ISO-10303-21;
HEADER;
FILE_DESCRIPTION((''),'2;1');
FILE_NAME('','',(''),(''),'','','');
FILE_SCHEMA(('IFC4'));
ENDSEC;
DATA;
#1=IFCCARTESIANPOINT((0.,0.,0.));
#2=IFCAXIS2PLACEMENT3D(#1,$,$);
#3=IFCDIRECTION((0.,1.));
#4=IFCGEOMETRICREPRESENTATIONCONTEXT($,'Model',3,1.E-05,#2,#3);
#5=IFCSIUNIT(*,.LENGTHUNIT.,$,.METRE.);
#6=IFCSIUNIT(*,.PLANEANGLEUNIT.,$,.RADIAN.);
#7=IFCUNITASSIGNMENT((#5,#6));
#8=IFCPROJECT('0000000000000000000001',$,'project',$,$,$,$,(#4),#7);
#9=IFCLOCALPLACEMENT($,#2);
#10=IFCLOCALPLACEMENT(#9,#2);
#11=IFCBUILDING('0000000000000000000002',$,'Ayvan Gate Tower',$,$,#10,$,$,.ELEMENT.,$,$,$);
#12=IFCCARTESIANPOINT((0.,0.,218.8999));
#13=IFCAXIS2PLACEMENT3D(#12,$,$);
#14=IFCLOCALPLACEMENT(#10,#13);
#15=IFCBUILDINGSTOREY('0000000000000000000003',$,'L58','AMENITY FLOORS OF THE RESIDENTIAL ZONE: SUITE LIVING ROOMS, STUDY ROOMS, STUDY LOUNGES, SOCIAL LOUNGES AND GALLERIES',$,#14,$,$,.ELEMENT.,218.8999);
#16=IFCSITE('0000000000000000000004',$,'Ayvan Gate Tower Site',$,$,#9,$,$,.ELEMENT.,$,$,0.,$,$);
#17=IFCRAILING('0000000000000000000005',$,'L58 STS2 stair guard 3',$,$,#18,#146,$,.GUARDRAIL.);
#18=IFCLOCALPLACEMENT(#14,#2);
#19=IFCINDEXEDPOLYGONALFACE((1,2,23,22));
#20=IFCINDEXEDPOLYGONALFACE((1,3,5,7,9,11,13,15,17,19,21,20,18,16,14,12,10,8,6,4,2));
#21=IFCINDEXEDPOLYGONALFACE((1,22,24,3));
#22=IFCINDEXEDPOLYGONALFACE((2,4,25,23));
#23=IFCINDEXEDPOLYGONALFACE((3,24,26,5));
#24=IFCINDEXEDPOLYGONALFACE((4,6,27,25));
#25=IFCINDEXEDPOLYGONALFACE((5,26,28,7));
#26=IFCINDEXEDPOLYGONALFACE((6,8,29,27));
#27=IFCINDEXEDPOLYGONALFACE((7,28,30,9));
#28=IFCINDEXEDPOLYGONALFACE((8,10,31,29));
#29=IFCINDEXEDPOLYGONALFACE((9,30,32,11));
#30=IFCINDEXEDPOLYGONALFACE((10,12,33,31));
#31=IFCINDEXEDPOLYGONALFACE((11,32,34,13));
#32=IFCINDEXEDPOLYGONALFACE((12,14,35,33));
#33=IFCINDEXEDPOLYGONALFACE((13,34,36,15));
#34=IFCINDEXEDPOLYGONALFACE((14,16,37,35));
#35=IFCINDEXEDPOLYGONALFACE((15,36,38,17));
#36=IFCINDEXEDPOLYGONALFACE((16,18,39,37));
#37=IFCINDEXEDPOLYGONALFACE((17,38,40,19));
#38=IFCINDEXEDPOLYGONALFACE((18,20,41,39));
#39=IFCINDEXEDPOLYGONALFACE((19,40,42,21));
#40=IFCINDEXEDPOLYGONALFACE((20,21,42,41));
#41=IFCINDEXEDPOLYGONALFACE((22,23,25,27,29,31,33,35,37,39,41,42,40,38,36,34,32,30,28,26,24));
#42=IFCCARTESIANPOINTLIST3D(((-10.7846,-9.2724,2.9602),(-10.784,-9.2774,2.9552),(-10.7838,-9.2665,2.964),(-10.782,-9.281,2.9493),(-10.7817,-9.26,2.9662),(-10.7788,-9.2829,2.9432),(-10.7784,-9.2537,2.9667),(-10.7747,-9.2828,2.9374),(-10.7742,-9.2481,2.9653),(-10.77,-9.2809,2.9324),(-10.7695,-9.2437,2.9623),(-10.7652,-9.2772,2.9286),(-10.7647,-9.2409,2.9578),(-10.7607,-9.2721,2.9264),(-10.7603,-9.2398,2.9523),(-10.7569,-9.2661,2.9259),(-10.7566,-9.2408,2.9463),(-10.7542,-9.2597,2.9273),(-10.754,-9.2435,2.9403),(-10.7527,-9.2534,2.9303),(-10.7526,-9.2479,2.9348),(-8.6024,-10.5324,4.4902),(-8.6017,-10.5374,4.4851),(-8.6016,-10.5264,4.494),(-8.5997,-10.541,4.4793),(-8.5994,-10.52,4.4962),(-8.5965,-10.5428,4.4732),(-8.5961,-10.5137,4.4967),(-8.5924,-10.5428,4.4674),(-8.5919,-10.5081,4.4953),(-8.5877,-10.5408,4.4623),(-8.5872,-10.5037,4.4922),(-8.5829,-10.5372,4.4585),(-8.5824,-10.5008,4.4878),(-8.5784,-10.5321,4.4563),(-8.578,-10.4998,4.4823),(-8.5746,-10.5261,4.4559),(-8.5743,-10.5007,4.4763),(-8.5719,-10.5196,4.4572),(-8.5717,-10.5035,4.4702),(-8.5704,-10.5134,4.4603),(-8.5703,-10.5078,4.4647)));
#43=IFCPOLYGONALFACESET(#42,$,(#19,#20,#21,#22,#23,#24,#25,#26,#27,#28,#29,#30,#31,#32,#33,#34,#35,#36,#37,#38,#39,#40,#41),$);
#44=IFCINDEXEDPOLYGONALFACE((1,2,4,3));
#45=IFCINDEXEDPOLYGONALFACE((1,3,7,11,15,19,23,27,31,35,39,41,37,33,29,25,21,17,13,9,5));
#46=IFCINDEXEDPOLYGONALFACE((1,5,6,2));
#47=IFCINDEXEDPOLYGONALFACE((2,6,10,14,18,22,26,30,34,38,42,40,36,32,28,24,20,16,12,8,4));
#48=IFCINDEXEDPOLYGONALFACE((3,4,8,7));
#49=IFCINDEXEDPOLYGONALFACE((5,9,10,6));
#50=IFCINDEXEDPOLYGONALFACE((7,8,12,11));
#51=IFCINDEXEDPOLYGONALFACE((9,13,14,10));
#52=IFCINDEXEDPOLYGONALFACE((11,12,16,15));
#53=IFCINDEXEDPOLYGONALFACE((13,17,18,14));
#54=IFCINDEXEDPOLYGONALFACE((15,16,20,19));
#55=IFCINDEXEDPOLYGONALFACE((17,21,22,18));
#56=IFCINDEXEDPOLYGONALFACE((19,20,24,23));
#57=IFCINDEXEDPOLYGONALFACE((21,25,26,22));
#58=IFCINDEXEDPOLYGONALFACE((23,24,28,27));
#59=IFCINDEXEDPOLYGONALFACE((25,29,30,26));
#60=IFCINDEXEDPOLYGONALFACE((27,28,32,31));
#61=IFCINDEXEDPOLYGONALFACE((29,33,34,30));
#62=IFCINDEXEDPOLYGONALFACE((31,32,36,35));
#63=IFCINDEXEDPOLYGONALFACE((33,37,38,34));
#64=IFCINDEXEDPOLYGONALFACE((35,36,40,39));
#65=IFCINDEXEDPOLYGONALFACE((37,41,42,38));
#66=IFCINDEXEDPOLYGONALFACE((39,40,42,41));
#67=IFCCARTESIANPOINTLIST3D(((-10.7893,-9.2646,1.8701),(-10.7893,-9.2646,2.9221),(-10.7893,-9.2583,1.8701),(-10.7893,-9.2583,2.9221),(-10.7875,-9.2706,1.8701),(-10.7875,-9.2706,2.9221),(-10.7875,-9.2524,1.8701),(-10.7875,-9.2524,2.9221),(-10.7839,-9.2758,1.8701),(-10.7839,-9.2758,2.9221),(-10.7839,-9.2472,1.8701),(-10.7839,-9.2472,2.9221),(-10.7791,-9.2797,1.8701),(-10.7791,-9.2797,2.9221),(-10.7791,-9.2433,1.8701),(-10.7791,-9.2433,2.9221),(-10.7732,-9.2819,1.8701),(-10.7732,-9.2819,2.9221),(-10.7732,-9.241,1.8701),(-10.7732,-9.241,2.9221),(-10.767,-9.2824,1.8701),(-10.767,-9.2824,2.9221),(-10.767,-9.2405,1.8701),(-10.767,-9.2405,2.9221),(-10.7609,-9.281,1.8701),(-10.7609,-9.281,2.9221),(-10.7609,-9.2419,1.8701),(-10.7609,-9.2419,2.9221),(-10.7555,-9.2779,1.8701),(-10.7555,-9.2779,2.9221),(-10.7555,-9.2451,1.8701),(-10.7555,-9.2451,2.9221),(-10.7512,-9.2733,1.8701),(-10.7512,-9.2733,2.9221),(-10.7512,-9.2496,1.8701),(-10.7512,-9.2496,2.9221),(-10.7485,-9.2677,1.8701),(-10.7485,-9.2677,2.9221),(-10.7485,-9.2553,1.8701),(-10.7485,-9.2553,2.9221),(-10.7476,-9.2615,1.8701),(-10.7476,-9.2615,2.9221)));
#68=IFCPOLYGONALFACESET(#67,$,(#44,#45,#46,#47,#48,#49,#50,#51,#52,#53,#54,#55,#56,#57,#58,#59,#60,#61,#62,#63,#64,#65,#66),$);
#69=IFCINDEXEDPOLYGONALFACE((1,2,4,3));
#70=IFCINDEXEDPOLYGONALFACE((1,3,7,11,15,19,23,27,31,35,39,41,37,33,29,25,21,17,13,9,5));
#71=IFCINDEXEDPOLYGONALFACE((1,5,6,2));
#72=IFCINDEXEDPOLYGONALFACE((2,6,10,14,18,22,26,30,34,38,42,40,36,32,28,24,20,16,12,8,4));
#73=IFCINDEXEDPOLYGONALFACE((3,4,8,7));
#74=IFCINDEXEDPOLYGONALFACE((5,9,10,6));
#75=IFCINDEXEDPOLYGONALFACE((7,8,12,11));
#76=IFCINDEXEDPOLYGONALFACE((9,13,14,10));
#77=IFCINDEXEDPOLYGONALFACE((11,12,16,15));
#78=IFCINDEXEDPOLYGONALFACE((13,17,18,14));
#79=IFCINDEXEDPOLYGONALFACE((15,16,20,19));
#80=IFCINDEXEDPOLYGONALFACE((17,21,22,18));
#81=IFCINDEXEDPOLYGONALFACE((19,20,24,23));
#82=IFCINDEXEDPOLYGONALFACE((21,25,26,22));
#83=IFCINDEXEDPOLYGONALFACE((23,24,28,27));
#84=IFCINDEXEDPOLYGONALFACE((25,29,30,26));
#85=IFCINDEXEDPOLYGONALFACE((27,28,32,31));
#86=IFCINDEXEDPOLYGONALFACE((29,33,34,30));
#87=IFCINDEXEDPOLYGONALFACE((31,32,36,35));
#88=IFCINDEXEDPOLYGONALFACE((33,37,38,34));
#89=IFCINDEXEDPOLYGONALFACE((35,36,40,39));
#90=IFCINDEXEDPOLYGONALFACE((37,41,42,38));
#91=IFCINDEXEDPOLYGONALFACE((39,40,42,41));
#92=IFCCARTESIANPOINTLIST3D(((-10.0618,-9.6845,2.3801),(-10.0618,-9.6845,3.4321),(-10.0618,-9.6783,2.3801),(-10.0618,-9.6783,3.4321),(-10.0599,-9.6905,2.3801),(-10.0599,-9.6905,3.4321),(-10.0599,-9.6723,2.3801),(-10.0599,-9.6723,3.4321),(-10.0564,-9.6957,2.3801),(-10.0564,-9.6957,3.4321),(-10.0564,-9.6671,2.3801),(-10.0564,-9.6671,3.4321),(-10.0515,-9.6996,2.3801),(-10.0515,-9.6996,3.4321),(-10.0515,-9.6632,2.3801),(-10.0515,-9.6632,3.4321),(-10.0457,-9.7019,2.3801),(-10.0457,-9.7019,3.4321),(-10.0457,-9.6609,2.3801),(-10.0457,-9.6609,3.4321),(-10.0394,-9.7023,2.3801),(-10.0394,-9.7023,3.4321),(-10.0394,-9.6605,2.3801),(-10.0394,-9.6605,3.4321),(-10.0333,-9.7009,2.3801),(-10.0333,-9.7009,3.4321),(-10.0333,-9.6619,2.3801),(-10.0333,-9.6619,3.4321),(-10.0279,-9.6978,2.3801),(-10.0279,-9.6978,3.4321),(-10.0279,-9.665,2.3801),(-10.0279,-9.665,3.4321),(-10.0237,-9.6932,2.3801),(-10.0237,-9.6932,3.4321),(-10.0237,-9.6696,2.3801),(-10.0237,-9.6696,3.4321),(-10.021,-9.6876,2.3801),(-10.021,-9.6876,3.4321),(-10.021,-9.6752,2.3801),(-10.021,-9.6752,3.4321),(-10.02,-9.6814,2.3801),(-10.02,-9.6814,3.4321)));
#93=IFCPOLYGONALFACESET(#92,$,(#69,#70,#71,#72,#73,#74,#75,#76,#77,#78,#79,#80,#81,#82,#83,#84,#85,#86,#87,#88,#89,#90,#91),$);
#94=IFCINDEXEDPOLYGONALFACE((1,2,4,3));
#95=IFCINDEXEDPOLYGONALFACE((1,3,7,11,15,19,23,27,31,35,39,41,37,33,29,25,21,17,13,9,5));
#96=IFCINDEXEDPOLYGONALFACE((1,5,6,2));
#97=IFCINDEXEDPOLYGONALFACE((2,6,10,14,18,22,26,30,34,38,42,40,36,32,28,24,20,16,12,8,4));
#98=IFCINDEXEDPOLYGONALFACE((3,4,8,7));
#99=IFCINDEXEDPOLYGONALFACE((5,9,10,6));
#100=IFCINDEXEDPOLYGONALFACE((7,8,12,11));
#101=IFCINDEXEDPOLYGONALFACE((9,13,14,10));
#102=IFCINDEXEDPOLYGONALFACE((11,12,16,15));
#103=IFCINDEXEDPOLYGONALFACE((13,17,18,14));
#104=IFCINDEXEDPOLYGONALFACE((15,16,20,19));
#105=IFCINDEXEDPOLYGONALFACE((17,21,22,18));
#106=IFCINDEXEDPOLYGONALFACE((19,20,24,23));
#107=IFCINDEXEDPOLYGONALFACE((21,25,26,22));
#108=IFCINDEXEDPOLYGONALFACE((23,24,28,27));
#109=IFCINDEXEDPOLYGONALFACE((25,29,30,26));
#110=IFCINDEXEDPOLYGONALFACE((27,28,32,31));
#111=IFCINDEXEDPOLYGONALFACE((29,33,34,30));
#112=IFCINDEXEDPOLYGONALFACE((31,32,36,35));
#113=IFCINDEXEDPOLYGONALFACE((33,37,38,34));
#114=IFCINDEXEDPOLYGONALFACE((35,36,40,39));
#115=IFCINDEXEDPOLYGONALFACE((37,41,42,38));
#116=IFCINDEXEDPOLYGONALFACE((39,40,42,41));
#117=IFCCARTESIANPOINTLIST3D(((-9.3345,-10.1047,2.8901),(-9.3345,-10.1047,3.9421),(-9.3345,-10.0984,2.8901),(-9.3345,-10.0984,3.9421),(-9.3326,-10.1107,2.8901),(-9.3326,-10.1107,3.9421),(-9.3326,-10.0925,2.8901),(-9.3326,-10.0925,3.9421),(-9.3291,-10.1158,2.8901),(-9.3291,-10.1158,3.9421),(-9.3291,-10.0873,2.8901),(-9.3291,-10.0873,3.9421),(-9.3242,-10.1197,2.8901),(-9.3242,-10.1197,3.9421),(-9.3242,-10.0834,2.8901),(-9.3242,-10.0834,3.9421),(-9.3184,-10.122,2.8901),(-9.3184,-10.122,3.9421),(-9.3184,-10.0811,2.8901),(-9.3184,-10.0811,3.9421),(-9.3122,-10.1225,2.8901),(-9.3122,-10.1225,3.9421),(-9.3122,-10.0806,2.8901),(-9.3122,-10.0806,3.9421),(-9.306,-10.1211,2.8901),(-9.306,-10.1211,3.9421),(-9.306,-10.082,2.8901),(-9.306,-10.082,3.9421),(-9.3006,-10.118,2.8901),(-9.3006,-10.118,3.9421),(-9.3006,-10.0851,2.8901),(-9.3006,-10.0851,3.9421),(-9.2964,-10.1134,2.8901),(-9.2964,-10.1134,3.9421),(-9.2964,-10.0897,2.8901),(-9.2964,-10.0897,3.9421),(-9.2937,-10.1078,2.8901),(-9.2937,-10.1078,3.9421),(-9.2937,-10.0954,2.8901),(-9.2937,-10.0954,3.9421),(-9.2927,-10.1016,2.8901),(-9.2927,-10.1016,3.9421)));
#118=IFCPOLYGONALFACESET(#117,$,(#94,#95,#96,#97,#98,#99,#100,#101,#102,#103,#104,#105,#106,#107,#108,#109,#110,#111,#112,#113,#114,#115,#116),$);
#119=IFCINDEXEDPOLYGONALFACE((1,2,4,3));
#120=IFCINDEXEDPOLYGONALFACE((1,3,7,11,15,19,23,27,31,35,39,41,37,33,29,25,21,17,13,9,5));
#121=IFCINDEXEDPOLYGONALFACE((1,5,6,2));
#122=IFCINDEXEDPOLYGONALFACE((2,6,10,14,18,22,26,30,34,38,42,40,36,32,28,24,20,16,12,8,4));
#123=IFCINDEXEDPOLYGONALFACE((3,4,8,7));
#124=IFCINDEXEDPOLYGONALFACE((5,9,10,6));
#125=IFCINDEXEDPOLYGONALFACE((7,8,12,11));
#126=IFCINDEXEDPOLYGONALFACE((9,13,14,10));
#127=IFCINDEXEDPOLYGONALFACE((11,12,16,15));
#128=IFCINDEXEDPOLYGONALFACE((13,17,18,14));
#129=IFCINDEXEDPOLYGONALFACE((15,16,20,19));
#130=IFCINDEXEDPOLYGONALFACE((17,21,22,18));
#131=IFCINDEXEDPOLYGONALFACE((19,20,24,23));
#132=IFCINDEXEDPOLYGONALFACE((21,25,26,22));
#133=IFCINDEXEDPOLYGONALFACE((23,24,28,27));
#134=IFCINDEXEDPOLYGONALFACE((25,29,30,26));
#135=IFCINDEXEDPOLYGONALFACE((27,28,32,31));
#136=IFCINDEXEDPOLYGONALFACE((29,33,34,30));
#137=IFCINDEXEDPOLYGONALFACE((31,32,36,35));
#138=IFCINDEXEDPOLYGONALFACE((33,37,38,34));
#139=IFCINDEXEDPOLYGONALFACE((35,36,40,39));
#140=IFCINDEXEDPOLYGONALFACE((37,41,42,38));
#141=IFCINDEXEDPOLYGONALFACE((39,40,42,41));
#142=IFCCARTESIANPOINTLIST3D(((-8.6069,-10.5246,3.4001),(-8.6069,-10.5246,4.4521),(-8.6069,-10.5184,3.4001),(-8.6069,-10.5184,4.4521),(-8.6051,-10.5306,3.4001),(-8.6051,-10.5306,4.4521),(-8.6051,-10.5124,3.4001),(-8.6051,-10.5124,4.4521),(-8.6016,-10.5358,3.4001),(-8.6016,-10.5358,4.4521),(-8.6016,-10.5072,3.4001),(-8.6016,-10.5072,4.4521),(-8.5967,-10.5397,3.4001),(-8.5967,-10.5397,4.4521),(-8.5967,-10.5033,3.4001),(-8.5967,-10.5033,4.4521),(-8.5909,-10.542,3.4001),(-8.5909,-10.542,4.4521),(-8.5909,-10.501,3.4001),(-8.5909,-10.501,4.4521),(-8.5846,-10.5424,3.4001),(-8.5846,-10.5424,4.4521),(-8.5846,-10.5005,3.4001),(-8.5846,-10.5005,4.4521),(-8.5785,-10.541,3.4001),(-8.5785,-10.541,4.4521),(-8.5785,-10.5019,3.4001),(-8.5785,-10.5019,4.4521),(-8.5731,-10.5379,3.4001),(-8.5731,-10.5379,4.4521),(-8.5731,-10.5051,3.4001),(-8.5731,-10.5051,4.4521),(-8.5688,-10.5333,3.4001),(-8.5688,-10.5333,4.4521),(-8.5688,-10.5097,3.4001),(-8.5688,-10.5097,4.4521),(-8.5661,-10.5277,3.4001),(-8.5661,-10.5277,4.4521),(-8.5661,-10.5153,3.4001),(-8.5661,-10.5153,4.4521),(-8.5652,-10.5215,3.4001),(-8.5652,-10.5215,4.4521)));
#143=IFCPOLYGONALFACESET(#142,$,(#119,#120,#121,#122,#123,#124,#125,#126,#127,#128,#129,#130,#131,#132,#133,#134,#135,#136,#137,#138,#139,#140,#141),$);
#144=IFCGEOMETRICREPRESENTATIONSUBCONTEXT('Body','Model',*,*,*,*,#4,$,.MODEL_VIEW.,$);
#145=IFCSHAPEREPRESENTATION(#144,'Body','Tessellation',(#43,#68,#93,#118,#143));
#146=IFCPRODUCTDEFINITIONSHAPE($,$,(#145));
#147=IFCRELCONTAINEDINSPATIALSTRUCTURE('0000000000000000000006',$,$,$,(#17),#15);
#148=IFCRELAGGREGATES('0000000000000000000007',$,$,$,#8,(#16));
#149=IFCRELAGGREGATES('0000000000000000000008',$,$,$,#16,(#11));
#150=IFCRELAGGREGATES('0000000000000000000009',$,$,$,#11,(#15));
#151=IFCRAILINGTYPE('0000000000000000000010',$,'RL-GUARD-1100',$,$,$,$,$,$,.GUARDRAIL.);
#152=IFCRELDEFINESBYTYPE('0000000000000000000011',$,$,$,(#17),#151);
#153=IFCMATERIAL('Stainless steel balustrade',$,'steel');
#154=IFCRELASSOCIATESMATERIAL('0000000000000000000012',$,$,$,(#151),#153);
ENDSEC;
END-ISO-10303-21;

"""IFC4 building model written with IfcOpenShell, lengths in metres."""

from ifc_helpers import new_model, si_unit, direction, frame, origin, origin_2d, place, context, subcontext, project, spatial, circle, extrude, material, type_object, element, save


model = new_model("IFC4")

# Units and contexts
model_context = context("Model", 3, precision=1e-05, world=origin(), true_north=direction((0.0, 1.0)))
body_context = subcontext(model_context, "Body", "Model", "MODEL_VIEW")
ifc_project = project(units=[si_unit("LENGTHUNIT", "METRE"), si_unit("PLANEANGLEUNIT", "RADIAN")], contexts=[model_context])

# Site, building, storey
site_placement = place(None, origin())
site = spatial("IfcSite", under=ifc_project, at=site_placement, Name="Ayvan Gate Tower Site", CompositionType="ELEMENT", RefElevation=0.0)
building_placement = place(site_placement, origin())
building = spatial("IfcBuilding", under=site, at=building_placement, Name="Ayvan Gate Tower", CompositionType="ELEMENT")
storey_placement = place(building_placement, frame((0.0, 0.0, 218.8999)))
storey = spatial("IfcBuildingStorey", under=building, at=storey_placement, Name="L58", Description="AMENITY FLOORS OF THE RESIDENTIAL ZONE: SUITE LIVING ROOMS, STUDY ROOMS, STUDY LOUNGES, SOCIAL LOUNGES AND GALLERIES", CompositionType="ELEMENT", Elevation=218.8999)

# Railing
ifc_material_1 = material(Name="Stainless steel balustrade", Category="steel")
railing_type_1 = type_object("IfcRailingType", Name="RL-GUARD-1100", PredefinedType="GUARDRAIL", material=ifc_material_1)
railing_1_placement = place(storey_placement, frame((-10.7686, -9.2615, 1.8701)))
element("IfcRailing", 1, at=railing_1_placement, inside=storey, type_object=railing_type_1, Name="L58 STS2 stair guard 3", PredefinedType="GUARDRAIL", context=body_context, shape_type="SweptSolid", body=[
    extrude(circle(Radius=0.0239, at=origin_2d()), frame((0.0, 0.0, 1.0762), z_axis=(0.740261, -0.427395, 0.518986), x_axis=(0.500005, 0.866023, 0.0)), (0.0, 0.0, 1.0), 2.948),
    extrude(circle(Radius=0.021, at=origin_2d()), origin(), (0.0, 0.0, 1.0), 1.052),
    extrude(circle(Radius=0.021, at=origin_2d()), frame((0.7275, -0.4199, 0.51)), (0.0, 0.0, 1.0), 1.052),
    extrude(circle(Radius=0.021, at=origin_2d()), frame((1.4548, -0.8401, 1.02)), (0.0, 0.0, 1.0), 1.052),
    extrude(circle(Radius=0.021, at=origin_2d()), frame((2.1824, -1.26, 1.53)), (0.0, 0.0, 1.0), 1.052),
])

save(model, "model.ifc")
